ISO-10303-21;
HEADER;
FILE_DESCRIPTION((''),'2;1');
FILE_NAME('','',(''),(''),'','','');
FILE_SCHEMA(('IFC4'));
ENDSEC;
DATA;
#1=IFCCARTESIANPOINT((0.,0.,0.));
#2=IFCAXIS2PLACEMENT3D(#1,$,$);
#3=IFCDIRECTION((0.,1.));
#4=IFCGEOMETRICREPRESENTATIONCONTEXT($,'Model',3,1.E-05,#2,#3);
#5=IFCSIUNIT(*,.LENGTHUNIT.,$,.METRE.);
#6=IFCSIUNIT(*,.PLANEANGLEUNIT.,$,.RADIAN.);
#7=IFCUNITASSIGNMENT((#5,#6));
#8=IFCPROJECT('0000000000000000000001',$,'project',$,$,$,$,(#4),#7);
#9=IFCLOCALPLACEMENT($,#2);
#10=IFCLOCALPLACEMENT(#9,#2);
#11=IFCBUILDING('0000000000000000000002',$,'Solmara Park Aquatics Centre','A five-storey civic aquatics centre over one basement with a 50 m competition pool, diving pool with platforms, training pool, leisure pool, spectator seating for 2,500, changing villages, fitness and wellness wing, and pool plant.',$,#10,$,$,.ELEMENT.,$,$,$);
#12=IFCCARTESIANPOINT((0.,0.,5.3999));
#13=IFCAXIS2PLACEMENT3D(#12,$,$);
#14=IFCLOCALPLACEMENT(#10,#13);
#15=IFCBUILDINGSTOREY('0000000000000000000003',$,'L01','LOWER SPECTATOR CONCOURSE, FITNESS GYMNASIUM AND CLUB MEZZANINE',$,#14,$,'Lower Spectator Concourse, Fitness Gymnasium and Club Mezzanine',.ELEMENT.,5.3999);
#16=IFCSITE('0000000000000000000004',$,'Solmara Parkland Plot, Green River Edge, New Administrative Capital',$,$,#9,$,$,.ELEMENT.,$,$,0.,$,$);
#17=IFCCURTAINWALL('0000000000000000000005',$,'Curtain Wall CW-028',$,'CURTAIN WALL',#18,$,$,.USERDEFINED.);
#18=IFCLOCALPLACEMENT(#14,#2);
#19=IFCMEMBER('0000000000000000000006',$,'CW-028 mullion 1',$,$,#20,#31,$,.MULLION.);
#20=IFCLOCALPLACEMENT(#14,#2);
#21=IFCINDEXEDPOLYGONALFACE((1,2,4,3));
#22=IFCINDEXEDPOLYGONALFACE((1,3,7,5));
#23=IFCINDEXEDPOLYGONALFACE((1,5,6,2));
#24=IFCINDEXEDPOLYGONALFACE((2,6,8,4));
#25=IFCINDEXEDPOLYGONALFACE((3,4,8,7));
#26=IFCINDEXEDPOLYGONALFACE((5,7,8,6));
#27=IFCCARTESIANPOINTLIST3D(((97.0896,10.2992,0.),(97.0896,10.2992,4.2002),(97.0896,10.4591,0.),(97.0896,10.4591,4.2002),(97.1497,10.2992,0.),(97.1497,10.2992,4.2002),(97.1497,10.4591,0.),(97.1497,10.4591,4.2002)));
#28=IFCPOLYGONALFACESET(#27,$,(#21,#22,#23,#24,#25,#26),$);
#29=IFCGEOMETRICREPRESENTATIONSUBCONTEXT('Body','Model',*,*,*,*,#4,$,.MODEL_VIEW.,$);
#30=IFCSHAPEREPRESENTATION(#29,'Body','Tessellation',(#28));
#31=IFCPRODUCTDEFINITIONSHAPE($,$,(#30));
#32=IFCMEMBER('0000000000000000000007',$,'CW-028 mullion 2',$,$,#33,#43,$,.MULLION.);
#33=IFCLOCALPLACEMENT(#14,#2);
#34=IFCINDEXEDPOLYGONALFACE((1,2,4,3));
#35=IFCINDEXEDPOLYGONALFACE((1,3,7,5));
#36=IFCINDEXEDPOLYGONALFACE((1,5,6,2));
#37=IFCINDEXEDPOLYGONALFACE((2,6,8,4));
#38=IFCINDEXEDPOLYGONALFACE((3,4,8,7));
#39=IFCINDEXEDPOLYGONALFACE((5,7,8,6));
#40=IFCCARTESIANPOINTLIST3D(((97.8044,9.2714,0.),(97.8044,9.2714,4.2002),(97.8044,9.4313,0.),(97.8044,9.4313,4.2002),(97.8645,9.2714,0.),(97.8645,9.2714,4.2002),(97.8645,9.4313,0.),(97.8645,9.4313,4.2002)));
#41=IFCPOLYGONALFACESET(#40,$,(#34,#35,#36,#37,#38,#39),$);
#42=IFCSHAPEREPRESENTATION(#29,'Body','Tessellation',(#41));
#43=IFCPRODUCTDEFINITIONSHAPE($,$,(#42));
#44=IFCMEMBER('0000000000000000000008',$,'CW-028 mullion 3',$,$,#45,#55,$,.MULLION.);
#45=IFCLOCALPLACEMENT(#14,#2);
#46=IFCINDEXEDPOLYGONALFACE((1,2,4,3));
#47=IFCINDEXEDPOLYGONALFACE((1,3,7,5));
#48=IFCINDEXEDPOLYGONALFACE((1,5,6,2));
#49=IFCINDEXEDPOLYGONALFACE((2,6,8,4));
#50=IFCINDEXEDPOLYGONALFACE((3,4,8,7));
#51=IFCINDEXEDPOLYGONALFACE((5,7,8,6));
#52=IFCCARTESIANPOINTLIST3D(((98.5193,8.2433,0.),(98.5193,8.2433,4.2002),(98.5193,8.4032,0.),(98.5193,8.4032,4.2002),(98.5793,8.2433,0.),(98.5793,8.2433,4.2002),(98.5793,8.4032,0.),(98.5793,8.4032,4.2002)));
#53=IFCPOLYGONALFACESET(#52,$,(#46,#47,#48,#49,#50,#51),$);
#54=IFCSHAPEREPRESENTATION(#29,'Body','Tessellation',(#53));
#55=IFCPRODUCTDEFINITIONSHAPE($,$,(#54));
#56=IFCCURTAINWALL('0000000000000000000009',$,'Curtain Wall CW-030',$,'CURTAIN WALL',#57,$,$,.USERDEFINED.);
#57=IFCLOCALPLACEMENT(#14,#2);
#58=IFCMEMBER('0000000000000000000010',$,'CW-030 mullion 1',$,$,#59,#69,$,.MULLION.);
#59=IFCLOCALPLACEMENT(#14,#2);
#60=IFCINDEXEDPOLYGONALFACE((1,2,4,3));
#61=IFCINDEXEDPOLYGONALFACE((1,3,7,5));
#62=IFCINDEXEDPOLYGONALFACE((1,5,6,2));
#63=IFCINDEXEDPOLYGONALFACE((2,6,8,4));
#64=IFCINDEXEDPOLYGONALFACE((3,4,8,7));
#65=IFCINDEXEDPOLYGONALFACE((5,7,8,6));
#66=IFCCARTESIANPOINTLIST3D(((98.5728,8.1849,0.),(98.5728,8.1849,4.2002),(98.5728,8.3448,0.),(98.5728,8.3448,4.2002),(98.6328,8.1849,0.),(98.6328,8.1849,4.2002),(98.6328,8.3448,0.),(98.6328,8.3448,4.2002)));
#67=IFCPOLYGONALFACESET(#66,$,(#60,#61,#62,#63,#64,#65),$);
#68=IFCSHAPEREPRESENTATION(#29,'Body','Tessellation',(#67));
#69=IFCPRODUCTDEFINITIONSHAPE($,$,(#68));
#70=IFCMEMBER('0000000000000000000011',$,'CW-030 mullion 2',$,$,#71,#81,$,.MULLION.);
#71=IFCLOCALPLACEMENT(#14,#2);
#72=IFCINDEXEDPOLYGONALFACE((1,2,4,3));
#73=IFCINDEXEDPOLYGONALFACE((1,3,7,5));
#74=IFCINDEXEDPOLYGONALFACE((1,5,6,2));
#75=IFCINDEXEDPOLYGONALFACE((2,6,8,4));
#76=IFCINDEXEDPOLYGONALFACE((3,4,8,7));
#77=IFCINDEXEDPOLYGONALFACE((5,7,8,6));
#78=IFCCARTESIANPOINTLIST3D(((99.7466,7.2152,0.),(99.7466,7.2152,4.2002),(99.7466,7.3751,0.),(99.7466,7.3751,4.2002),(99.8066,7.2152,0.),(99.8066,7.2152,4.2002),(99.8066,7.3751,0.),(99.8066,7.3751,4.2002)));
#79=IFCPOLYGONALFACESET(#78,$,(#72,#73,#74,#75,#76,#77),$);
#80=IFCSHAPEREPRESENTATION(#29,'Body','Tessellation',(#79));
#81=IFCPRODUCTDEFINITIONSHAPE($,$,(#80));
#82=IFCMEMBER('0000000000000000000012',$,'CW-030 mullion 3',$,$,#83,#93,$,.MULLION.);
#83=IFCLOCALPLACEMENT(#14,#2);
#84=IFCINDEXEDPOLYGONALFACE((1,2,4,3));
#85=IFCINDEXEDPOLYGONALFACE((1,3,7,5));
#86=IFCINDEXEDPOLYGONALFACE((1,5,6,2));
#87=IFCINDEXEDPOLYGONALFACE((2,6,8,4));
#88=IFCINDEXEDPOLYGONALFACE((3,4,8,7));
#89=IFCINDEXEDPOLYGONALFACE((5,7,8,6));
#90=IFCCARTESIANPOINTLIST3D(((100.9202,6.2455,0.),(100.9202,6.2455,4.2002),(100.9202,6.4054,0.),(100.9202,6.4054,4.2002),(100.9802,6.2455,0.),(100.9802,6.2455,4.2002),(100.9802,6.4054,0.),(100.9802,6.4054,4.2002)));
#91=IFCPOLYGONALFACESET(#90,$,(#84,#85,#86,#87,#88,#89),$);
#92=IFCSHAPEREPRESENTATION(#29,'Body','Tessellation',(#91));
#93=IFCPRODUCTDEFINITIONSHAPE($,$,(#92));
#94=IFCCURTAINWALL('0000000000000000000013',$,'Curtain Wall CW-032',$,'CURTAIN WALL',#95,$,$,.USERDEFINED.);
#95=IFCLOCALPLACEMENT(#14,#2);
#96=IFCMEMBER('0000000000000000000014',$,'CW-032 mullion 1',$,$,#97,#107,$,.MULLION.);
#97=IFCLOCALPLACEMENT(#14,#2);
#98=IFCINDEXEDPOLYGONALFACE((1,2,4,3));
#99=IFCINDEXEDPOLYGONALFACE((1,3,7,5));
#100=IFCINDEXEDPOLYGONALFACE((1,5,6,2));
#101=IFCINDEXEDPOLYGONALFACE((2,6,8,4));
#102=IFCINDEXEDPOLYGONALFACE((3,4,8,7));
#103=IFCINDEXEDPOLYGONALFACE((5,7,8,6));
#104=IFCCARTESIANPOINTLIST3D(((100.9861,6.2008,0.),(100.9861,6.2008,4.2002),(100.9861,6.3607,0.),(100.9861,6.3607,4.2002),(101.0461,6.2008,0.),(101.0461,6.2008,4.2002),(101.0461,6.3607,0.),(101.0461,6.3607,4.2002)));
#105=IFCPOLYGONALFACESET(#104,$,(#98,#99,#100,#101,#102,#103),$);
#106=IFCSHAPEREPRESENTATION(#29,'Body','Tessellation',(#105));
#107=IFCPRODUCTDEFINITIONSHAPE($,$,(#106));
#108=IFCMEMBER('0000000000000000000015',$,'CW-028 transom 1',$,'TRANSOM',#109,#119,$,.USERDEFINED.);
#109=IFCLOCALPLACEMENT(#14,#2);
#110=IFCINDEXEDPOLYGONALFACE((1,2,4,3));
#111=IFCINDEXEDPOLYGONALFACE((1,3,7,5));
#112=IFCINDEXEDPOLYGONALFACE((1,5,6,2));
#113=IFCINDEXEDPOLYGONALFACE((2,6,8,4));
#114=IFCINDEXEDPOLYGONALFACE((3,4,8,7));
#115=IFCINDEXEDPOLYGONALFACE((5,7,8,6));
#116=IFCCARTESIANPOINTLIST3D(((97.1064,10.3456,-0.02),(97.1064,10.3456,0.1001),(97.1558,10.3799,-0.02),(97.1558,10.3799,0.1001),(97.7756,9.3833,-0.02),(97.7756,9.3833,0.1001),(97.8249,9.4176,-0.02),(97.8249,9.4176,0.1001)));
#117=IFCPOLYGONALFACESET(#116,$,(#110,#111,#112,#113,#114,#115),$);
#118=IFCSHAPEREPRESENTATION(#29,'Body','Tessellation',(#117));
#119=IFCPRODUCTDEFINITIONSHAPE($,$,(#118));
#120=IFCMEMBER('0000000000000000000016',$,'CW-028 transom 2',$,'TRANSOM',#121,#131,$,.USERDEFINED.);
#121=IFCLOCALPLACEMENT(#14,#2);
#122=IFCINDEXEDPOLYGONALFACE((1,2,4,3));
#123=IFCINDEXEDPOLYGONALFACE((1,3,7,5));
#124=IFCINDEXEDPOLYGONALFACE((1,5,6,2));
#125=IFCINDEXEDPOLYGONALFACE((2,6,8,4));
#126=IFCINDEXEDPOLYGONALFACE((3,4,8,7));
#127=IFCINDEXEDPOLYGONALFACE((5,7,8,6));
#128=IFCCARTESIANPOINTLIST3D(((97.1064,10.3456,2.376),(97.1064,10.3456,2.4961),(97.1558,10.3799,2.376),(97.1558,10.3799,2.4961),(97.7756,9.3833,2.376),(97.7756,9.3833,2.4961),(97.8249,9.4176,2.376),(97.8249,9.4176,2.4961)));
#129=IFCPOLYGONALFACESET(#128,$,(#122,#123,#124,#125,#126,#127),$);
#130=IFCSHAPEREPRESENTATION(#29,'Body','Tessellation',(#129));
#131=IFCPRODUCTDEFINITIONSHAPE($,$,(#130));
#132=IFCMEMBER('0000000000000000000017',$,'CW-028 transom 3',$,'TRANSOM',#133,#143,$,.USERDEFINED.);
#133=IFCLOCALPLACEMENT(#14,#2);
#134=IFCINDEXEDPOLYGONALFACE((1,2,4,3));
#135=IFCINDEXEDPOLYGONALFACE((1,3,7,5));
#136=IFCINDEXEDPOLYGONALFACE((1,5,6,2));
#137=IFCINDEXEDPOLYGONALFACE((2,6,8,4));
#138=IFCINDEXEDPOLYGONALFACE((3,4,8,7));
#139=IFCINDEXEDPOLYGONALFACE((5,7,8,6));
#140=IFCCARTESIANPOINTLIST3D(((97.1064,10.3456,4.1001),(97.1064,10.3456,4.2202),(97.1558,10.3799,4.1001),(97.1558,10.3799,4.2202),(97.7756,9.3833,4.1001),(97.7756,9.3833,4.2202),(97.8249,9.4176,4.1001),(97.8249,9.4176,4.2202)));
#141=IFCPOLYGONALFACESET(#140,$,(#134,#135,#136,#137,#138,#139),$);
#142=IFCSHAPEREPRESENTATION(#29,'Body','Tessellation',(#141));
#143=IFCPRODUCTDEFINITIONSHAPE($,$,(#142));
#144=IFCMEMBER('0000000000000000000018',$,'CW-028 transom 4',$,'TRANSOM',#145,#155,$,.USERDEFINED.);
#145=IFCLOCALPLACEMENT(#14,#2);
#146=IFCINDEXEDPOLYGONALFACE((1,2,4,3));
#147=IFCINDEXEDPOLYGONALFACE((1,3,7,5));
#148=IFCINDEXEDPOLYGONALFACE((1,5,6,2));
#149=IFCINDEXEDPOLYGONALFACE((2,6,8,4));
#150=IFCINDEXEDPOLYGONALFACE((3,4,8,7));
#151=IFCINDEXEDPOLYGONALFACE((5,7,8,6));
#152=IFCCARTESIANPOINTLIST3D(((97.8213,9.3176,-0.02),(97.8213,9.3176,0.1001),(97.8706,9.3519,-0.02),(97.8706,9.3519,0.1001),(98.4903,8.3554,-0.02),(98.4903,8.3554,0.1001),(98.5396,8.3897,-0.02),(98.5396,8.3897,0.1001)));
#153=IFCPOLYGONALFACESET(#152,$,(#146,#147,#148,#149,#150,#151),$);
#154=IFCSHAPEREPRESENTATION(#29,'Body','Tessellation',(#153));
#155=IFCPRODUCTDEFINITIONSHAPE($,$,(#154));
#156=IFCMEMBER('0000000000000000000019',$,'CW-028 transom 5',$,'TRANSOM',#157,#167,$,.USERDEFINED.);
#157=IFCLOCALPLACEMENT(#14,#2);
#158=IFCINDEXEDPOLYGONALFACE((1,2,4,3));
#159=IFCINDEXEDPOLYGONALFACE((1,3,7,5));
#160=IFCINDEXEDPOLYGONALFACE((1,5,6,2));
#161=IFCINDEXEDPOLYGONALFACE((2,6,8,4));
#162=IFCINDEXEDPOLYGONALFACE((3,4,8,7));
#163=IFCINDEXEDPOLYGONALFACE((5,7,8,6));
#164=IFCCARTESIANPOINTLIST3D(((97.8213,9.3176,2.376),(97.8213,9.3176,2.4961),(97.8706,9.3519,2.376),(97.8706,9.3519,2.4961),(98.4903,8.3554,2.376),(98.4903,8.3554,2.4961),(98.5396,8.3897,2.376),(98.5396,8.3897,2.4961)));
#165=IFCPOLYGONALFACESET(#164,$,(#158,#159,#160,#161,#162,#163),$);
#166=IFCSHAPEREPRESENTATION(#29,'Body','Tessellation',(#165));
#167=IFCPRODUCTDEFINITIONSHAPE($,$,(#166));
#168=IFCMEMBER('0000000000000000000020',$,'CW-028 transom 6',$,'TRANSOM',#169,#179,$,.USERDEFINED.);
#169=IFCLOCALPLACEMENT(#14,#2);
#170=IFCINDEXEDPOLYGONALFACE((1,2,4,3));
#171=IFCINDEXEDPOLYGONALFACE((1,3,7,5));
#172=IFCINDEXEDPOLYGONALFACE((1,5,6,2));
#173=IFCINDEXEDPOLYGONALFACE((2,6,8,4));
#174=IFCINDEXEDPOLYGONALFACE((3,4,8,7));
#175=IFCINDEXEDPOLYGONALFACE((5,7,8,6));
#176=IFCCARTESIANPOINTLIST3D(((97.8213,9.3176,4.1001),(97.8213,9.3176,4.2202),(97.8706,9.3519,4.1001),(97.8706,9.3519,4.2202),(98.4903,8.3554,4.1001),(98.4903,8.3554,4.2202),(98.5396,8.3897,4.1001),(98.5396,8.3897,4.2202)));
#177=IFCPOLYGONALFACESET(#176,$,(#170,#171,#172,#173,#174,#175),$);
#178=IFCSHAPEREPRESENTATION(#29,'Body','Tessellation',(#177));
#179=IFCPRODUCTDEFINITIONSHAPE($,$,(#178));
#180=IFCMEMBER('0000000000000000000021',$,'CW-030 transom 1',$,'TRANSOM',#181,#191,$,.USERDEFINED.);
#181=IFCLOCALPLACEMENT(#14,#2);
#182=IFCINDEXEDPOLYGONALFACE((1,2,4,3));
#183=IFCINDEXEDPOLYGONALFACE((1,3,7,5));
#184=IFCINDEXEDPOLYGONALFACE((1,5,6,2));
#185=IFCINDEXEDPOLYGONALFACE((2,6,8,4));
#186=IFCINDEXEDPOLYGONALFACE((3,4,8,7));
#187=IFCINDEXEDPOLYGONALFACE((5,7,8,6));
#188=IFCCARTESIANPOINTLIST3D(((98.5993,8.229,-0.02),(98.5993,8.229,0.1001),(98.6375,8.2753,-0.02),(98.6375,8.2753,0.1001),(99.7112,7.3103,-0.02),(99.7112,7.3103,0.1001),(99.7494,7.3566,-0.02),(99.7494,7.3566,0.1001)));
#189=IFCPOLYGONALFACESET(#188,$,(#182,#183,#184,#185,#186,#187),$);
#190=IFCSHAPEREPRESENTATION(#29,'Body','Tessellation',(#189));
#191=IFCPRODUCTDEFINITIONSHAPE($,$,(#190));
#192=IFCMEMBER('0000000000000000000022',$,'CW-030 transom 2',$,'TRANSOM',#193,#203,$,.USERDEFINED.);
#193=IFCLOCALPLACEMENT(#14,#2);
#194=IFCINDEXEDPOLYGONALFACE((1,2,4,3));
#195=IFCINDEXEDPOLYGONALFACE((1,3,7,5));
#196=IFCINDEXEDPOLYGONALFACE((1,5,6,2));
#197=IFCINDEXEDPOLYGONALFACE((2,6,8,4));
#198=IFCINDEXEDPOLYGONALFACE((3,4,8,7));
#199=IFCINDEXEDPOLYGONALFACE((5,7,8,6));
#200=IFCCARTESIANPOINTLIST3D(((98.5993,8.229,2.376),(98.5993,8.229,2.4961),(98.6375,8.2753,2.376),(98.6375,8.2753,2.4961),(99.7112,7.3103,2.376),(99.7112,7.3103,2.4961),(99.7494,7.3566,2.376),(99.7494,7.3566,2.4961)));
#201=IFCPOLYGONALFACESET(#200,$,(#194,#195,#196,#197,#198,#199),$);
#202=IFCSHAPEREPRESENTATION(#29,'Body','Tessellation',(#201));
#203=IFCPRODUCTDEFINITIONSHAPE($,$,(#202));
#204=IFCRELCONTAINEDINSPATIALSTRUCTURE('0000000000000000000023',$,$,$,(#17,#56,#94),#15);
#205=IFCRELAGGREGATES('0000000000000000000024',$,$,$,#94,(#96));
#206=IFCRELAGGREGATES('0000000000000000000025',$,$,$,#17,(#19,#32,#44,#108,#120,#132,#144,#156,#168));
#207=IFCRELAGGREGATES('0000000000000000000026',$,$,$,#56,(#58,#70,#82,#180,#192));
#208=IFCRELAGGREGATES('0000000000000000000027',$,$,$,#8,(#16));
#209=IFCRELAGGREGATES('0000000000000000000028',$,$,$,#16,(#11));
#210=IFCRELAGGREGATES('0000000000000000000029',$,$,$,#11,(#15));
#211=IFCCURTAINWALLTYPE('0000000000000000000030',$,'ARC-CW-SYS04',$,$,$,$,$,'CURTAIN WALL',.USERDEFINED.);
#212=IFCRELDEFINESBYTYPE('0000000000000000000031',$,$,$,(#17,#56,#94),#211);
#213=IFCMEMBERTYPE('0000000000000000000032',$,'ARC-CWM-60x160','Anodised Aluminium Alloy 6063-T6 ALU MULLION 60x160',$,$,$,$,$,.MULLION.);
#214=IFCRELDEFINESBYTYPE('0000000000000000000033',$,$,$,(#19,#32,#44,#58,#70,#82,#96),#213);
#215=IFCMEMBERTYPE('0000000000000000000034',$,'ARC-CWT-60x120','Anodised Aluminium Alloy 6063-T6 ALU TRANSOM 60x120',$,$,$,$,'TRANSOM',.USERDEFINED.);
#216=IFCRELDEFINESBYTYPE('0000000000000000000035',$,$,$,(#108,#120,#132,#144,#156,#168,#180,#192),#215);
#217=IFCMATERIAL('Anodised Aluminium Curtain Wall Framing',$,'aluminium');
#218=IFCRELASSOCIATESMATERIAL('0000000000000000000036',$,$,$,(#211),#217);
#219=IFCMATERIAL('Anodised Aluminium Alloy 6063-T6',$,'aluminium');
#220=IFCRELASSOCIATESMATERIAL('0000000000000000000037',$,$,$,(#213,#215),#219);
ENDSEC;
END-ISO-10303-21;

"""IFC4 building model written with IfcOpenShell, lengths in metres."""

from ifc_helpers import new_model, si_unit, direction, frame, origin, origin_2d, place, context, subcontext, project, spatial, rectangle, extrude, material, material_profile, profile_set, type_object, element, aggregate, save


model = new_model("IFC4")

# Units and contexts
model_context = context("Model", 3, precision=1e-05, world=origin(), true_north=direction((0.0, 1.0)))
body_context = subcontext(model_context, "Body", "Model", "MODEL_VIEW")
ifc_project = project(units=[si_unit("LENGTHUNIT", "METRE"), si_unit("PLANEANGLEUNIT", "RADIAN")], contexts=[model_context])

# Site, building, storey
site_placement = place(None, origin())
site = spatial("IfcSite", under=ifc_project, at=site_placement, Name="Solmara Parkland Plot, Green River Edge, New Administrative Capital", CompositionType="ELEMENT", RefElevation=0.0)
building_placement = place(site_placement, origin())
building = spatial("IfcBuilding", under=site, at=building_placement, Name="Solmara Park Aquatics Centre", Description="A five-storey civic aquatics centre over one basement with a 50 m competition pool, diving pool with platforms, training pool, leisure pool, spectator seating for 2,500, changing villages, fitness and wellness wing, and pool plant.", CompositionType="ELEMENT")
storey_placement = place(building_placement, frame((0.0, 0.0, 5.3999)))
storey = spatial("IfcBuildingStorey", under=building, at=storey_placement, Name="L01", Description="LOWER SPECTATOR CONCOURSE, FITNESS GYMNASIUM AND CLUB MEZZANINE", LongName="Lower Spectator Concourse, Fitness Gymnasium and Club Mezzanine", CompositionType="ELEMENT", Elevation=5.3999)

# Curtain walls, members
ifc_material_1 = material(Name="Anodised Aluminium Curtain Wall Framing", Category="aluminium")
curtain_wall_type = type_object("IfcCurtainWallType", Name="ARC-CW-SYS04", ElementType="CURTAIN WALL", PredefinedType="USERDEFINED", material=ifc_material_1)
curtain_wall_1_placement = place(storey_placement, origin())
curtain_wall_1 = element("IfcCurtainWall", 1, at=curtain_wall_1_placement, inside=storey, type_object=curtain_wall_type, Name="Curtain Wall CW-028", ObjectType="CURTAIN WALL", PredefinedType="USERDEFINED")
ifc_material_2 = material(Name="Anodised Aluminium Alloy 6063-T6", Category="aluminium")
ifc_material_profile_1 = material_profile(ifc_material_2, rectangle(XDim=0.0601, YDim=0.1599, at=origin_2d()), Name="ALU MULLION 60x160")
ifc_profile_set_1 = profile_set([ifc_material_profile_1], Name="Anodised Aluminium Alloy 6063-T6")
member_type_1 = type_object("IfcMemberType", Name="ARC-CWM-60x160", Description="Anodised Aluminium Alloy 6063-T6 ALU MULLION 60x160", PredefinedType="MULLION", material=ifc_profile_set_1)
member_1_placement = place(storey_placement, frame((97.1196, 10.3792, 0.0), z_axis=(0.0, 0.0, 1.0), x_axis=(1.0, 0.0, 0.0)))
member_1 = element("IfcMember", 2, at=member_1_placement, type_object=member_type_1, Name="CW-028 mullion 1", PredefinedType="MULLION", context=body_context, shape_type="SweptSolid", body=[
    extrude(rectangle(XDim=0.0601, YDim=0.1599, at=origin_2d()), origin(), (0.0, 0.0, 1.0), 4.2002),
])
member_2_placement = place(storey_placement, frame((97.8345, 9.3513, 0.0), z_axis=(0.0, 0.0, 1.0), x_axis=(1.0, 0.0, 0.0)))
member_2 = element("IfcMember", 3, at=member_2_placement, type_object=member_type_1, Name="CW-028 mullion 2", PredefinedType="MULLION", context=body_context, shape_type="SweptSolid", body=[
    extrude(rectangle(XDim=0.0601, YDim=0.1599, at=origin_2d()), origin(), (0.0, 0.0, 1.0), 4.2002),
])
member_3_placement = place(storey_placement, frame((98.5493, 8.3232, 0.0), z_axis=(0.0, 0.0, 1.0), x_axis=(1.0, 0.0, 0.0)))
member_3 = element("IfcMember", 4, at=member_3_placement, type_object=member_type_1, Name="CW-028 mullion 3", PredefinedType="MULLION", context=body_context, shape_type="SweptSolid", body=[
    extrude(rectangle(XDim=0.0601, YDim=0.1599, at=origin_2d()), origin(), (0.0, 0.0, 1.0), 4.2002),
])
curtain_wall_2_placement = place(storey_placement, origin())
curtain_wall_2 = element("IfcCurtainWall", 5, at=curtain_wall_2_placement, inside=storey, type_object=curtain_wall_type, Name="Curtain Wall CW-030", ObjectType="CURTAIN WALL", PredefinedType="USERDEFINED")
member_4_placement = place(storey_placement, frame((98.6028, 8.2649, 0.0), z_axis=(0.0, 0.0, 1.0), x_axis=(1.0, 0.0, 0.0)))
member_4 = element("IfcMember", 6, at=member_4_placement, type_object=member_type_1, Name="CW-030 mullion 1", PredefinedType="MULLION", context=body_context, shape_type="SweptSolid", body=[
    extrude(rectangle(XDim=0.0601, YDim=0.1599, at=origin_2d()), origin(), (0.0, 0.0, 1.0), 4.2002),
])
member_5_placement = place(storey_placement, frame((99.7766, 7.2952, 0.0), z_axis=(0.0, 0.0, 1.0), x_axis=(1.0, 0.0, 0.0)))
member_5 = element("IfcMember", 7, at=member_5_placement, type_object=member_type_1, Name="CW-030 mullion 2", PredefinedType="MULLION", context=body_context, shape_type="SweptSolid", body=[
    extrude(rectangle(XDim=0.0601, YDim=0.1599, at=origin_2d()), origin(), (0.0, 0.0, 1.0), 4.2002),
])
member_6_placement = place(storey_placement, frame((100.9502, 6.3254, 0.0), z_axis=(0.0, 0.0, 1.0), x_axis=(1.0, 0.0, 0.0)))
member_6 = element("IfcMember", 8, at=member_6_placement, type_object=member_type_1, Name="CW-030 mullion 3", PredefinedType="MULLION", context=body_context, shape_type="SweptSolid", body=[
    extrude(rectangle(XDim=0.0601, YDim=0.1599, at=origin_2d()), origin(), (0.0, 0.0, 1.0), 4.2002),
])

# Curtain wall, member
curtain_wall_3_placement = place(storey_placement, origin())
curtain_wall_3 = element("IfcCurtainWall", 9, at=curtain_wall_3_placement, inside=storey, type_object=curtain_wall_type, Name="Curtain Wall CW-032", ObjectType="CURTAIN WALL", PredefinedType="USERDEFINED")
member_7_placement = place(storey_placement, frame((101.0161, 6.2808, 0.0), z_axis=(0.0, 0.0, 1.0), x_axis=(1.0, 0.0, 0.0)))
member_7 = element("IfcMember", 10, at=member_7_placement, type_object=member_type_1, Name="CW-032 mullion 1", PredefinedType="MULLION", context=body_context, shape_type="SweptSolid", body=[
    extrude(rectangle(XDim=0.0601, YDim=0.1599, at=origin_2d()), origin(), (0.0, 0.0, 1.0), 4.2002),
])

# Members
ifc_material_profile_2 = material_profile(ifc_material_2, rectangle(XDim=0.0601, YDim=0.1201, at=origin_2d()), Name="ALU TRANSOM 60x120")
ifc_profile_set_2 = profile_set([ifc_material_profile_2], Name="Anodised Aluminium Alloy 6063-T6")
member_type_2 = type_object("IfcMemberType", Name="ARC-CWT-60x120", Description="Anodised Aluminium Alloy 6063-T6 ALU TRANSOM 60x120", ElementType="TRANSOM", PredefinedType="USERDEFINED", material=ifc_profile_set_2)
member_8_placement = place(storey_placement, frame((97.1311, 10.3628, 0.04), z_axis=(0.570888, -0.821028, 0.0), x_axis=(0.821028, 0.570888, 0.0)))
member_8 = element("IfcMember", 11, at=member_8_placement, type_object=member_type_2, Name="CW-028 transom 1", ObjectType="TRANSOM", PredefinedType="USERDEFINED", context=body_context, shape_type="SweptSolid", body=[
    extrude(rectangle(XDim=0.0601, YDim=0.1201, at=origin_2d()), origin(), (0.0, 0.0, 1.0), 1.1721),
])
member_9_placement = place(storey_placement, frame((97.1311, 10.3628, 2.436), z_axis=(0.570888, -0.821028, 0.0), x_axis=(0.821028, 0.570888, 0.0)))
member_9 = element("IfcMember", 12, at=member_9_placement, type_object=member_type_2, Name="CW-028 transom 2", ObjectType="TRANSOM", PredefinedType="USERDEFINED", context=body_context, shape_type="SweptSolid", body=[
    extrude(rectangle(XDim=0.0601, YDim=0.1201, at=origin_2d()), origin(), (0.0, 0.0, 1.0), 1.1721),
])
member_10_placement = place(storey_placement, frame((97.1311, 10.3628, 4.1602), z_axis=(0.570888, -0.821028, 0.0), x_axis=(0.821028, 0.570888, 0.0)))
member_10 = element("IfcMember", 13, at=member_10_placement, type_object=member_type_2, Name="CW-028 transom 3", ObjectType="TRANSOM", PredefinedType="USERDEFINED", context=body_context, shape_type="SweptSolid", body=[
    extrude(rectangle(XDim=0.0601, YDim=0.1201, at=origin_2d()), origin(), (0.0, 0.0, 1.0), 1.1721),
])
member_11_placement = place(storey_placement, frame((97.8459, 9.3347, 0.04), z_axis=(0.570845, -0.821058, 0.0), x_axis=(0.821058, 0.570845, 0.0)))
member_11 = element("IfcMember", 14, at=member_11_placement, type_object=member_type_2, Name="CW-028 transom 4", ObjectType="TRANSOM", PredefinedType="USERDEFINED", context=body_context, shape_type="SweptSolid", body=[
    extrude(rectangle(XDim=0.0601, YDim=0.1201, at=origin_2d()), origin(), (0.0, 0.0, 1.0), 1.1719),
])
member_12_placement = place(storey_placement, frame((97.8459, 9.3347, 2.436), z_axis=(0.570845, -0.821058, 0.0), x_axis=(0.821058, 0.570845, 0.0)))
member_12 = element("IfcMember", 15, at=member_12_placement, type_object=member_type_2, Name="CW-028 transom 5", ObjectType="TRANSOM", PredefinedType="USERDEFINED", context=body_context, shape_type="SweptSolid", body=[
    extrude(rectangle(XDim=0.0601, YDim=0.1201, at=origin_2d()), origin(), (0.0, 0.0, 1.0), 1.1719),
])
member_13_placement = place(storey_placement, frame((97.8459, 9.3347, 4.1602), z_axis=(0.570845, -0.821058, 0.0), x_axis=(0.821058, 0.570845, 0.0)))
member_13 = element("IfcMember", 16, at=member_13_placement, type_object=member_type_2, Name="CW-028 transom 6", ObjectType="TRANSOM", PredefinedType="USERDEFINED", context=body_context, shape_type="SweptSolid", body=[
    extrude(rectangle(XDim=0.0601, YDim=0.1201, at=origin_2d()), origin(), (0.0, 0.0, 1.0), 1.1719),
])
member_14_placement = place(storey_placement, frame((98.6184, 8.2522, 0.04), z_axis=(0.770879, -0.636982, 0.0), x_axis=(0.636982, 0.770879, 0.0)))
member_14 = element("IfcMember", 17, at=member_14_placement, type_object=member_type_2, Name="CW-030 transom 1", ObjectType="TRANSOM", PredefinedType="USERDEFINED", context=body_context, shape_type="SweptSolid", body=[
    extrude(rectangle(XDim=0.0601, YDim=0.1201, at=origin_2d()), origin(), (0.0, 0.0, 1.0), 1.4424),
])
member_15_placement = place(storey_placement, frame((98.6184, 8.2522, 2.436), z_axis=(0.770879, -0.636982, 0.0), x_axis=(0.636982, 0.770879, 0.0)))
member_15 = element("IfcMember", 18, at=member_15_placement, type_object=member_type_2, Name="CW-030 transom 2", ObjectType="TRANSOM", PredefinedType="USERDEFINED", context=body_context, shape_type="SweptSolid", body=[
    extrude(rectangle(XDim=0.0601, YDim=0.1201, at=origin_2d()), origin(), (0.0, 0.0, 1.0), 1.4424),
])
aggregate(curtain_wall_3, [member_7])

aggregate(curtain_wall_1, [member_1, member_2, member_3, member_8, member_9, member_10, member_11, member_12, member_13])
aggregate(curtain_wall_2, [member_4, member_5, member_6, member_14, member_15])

save(model, "model.ifc")
